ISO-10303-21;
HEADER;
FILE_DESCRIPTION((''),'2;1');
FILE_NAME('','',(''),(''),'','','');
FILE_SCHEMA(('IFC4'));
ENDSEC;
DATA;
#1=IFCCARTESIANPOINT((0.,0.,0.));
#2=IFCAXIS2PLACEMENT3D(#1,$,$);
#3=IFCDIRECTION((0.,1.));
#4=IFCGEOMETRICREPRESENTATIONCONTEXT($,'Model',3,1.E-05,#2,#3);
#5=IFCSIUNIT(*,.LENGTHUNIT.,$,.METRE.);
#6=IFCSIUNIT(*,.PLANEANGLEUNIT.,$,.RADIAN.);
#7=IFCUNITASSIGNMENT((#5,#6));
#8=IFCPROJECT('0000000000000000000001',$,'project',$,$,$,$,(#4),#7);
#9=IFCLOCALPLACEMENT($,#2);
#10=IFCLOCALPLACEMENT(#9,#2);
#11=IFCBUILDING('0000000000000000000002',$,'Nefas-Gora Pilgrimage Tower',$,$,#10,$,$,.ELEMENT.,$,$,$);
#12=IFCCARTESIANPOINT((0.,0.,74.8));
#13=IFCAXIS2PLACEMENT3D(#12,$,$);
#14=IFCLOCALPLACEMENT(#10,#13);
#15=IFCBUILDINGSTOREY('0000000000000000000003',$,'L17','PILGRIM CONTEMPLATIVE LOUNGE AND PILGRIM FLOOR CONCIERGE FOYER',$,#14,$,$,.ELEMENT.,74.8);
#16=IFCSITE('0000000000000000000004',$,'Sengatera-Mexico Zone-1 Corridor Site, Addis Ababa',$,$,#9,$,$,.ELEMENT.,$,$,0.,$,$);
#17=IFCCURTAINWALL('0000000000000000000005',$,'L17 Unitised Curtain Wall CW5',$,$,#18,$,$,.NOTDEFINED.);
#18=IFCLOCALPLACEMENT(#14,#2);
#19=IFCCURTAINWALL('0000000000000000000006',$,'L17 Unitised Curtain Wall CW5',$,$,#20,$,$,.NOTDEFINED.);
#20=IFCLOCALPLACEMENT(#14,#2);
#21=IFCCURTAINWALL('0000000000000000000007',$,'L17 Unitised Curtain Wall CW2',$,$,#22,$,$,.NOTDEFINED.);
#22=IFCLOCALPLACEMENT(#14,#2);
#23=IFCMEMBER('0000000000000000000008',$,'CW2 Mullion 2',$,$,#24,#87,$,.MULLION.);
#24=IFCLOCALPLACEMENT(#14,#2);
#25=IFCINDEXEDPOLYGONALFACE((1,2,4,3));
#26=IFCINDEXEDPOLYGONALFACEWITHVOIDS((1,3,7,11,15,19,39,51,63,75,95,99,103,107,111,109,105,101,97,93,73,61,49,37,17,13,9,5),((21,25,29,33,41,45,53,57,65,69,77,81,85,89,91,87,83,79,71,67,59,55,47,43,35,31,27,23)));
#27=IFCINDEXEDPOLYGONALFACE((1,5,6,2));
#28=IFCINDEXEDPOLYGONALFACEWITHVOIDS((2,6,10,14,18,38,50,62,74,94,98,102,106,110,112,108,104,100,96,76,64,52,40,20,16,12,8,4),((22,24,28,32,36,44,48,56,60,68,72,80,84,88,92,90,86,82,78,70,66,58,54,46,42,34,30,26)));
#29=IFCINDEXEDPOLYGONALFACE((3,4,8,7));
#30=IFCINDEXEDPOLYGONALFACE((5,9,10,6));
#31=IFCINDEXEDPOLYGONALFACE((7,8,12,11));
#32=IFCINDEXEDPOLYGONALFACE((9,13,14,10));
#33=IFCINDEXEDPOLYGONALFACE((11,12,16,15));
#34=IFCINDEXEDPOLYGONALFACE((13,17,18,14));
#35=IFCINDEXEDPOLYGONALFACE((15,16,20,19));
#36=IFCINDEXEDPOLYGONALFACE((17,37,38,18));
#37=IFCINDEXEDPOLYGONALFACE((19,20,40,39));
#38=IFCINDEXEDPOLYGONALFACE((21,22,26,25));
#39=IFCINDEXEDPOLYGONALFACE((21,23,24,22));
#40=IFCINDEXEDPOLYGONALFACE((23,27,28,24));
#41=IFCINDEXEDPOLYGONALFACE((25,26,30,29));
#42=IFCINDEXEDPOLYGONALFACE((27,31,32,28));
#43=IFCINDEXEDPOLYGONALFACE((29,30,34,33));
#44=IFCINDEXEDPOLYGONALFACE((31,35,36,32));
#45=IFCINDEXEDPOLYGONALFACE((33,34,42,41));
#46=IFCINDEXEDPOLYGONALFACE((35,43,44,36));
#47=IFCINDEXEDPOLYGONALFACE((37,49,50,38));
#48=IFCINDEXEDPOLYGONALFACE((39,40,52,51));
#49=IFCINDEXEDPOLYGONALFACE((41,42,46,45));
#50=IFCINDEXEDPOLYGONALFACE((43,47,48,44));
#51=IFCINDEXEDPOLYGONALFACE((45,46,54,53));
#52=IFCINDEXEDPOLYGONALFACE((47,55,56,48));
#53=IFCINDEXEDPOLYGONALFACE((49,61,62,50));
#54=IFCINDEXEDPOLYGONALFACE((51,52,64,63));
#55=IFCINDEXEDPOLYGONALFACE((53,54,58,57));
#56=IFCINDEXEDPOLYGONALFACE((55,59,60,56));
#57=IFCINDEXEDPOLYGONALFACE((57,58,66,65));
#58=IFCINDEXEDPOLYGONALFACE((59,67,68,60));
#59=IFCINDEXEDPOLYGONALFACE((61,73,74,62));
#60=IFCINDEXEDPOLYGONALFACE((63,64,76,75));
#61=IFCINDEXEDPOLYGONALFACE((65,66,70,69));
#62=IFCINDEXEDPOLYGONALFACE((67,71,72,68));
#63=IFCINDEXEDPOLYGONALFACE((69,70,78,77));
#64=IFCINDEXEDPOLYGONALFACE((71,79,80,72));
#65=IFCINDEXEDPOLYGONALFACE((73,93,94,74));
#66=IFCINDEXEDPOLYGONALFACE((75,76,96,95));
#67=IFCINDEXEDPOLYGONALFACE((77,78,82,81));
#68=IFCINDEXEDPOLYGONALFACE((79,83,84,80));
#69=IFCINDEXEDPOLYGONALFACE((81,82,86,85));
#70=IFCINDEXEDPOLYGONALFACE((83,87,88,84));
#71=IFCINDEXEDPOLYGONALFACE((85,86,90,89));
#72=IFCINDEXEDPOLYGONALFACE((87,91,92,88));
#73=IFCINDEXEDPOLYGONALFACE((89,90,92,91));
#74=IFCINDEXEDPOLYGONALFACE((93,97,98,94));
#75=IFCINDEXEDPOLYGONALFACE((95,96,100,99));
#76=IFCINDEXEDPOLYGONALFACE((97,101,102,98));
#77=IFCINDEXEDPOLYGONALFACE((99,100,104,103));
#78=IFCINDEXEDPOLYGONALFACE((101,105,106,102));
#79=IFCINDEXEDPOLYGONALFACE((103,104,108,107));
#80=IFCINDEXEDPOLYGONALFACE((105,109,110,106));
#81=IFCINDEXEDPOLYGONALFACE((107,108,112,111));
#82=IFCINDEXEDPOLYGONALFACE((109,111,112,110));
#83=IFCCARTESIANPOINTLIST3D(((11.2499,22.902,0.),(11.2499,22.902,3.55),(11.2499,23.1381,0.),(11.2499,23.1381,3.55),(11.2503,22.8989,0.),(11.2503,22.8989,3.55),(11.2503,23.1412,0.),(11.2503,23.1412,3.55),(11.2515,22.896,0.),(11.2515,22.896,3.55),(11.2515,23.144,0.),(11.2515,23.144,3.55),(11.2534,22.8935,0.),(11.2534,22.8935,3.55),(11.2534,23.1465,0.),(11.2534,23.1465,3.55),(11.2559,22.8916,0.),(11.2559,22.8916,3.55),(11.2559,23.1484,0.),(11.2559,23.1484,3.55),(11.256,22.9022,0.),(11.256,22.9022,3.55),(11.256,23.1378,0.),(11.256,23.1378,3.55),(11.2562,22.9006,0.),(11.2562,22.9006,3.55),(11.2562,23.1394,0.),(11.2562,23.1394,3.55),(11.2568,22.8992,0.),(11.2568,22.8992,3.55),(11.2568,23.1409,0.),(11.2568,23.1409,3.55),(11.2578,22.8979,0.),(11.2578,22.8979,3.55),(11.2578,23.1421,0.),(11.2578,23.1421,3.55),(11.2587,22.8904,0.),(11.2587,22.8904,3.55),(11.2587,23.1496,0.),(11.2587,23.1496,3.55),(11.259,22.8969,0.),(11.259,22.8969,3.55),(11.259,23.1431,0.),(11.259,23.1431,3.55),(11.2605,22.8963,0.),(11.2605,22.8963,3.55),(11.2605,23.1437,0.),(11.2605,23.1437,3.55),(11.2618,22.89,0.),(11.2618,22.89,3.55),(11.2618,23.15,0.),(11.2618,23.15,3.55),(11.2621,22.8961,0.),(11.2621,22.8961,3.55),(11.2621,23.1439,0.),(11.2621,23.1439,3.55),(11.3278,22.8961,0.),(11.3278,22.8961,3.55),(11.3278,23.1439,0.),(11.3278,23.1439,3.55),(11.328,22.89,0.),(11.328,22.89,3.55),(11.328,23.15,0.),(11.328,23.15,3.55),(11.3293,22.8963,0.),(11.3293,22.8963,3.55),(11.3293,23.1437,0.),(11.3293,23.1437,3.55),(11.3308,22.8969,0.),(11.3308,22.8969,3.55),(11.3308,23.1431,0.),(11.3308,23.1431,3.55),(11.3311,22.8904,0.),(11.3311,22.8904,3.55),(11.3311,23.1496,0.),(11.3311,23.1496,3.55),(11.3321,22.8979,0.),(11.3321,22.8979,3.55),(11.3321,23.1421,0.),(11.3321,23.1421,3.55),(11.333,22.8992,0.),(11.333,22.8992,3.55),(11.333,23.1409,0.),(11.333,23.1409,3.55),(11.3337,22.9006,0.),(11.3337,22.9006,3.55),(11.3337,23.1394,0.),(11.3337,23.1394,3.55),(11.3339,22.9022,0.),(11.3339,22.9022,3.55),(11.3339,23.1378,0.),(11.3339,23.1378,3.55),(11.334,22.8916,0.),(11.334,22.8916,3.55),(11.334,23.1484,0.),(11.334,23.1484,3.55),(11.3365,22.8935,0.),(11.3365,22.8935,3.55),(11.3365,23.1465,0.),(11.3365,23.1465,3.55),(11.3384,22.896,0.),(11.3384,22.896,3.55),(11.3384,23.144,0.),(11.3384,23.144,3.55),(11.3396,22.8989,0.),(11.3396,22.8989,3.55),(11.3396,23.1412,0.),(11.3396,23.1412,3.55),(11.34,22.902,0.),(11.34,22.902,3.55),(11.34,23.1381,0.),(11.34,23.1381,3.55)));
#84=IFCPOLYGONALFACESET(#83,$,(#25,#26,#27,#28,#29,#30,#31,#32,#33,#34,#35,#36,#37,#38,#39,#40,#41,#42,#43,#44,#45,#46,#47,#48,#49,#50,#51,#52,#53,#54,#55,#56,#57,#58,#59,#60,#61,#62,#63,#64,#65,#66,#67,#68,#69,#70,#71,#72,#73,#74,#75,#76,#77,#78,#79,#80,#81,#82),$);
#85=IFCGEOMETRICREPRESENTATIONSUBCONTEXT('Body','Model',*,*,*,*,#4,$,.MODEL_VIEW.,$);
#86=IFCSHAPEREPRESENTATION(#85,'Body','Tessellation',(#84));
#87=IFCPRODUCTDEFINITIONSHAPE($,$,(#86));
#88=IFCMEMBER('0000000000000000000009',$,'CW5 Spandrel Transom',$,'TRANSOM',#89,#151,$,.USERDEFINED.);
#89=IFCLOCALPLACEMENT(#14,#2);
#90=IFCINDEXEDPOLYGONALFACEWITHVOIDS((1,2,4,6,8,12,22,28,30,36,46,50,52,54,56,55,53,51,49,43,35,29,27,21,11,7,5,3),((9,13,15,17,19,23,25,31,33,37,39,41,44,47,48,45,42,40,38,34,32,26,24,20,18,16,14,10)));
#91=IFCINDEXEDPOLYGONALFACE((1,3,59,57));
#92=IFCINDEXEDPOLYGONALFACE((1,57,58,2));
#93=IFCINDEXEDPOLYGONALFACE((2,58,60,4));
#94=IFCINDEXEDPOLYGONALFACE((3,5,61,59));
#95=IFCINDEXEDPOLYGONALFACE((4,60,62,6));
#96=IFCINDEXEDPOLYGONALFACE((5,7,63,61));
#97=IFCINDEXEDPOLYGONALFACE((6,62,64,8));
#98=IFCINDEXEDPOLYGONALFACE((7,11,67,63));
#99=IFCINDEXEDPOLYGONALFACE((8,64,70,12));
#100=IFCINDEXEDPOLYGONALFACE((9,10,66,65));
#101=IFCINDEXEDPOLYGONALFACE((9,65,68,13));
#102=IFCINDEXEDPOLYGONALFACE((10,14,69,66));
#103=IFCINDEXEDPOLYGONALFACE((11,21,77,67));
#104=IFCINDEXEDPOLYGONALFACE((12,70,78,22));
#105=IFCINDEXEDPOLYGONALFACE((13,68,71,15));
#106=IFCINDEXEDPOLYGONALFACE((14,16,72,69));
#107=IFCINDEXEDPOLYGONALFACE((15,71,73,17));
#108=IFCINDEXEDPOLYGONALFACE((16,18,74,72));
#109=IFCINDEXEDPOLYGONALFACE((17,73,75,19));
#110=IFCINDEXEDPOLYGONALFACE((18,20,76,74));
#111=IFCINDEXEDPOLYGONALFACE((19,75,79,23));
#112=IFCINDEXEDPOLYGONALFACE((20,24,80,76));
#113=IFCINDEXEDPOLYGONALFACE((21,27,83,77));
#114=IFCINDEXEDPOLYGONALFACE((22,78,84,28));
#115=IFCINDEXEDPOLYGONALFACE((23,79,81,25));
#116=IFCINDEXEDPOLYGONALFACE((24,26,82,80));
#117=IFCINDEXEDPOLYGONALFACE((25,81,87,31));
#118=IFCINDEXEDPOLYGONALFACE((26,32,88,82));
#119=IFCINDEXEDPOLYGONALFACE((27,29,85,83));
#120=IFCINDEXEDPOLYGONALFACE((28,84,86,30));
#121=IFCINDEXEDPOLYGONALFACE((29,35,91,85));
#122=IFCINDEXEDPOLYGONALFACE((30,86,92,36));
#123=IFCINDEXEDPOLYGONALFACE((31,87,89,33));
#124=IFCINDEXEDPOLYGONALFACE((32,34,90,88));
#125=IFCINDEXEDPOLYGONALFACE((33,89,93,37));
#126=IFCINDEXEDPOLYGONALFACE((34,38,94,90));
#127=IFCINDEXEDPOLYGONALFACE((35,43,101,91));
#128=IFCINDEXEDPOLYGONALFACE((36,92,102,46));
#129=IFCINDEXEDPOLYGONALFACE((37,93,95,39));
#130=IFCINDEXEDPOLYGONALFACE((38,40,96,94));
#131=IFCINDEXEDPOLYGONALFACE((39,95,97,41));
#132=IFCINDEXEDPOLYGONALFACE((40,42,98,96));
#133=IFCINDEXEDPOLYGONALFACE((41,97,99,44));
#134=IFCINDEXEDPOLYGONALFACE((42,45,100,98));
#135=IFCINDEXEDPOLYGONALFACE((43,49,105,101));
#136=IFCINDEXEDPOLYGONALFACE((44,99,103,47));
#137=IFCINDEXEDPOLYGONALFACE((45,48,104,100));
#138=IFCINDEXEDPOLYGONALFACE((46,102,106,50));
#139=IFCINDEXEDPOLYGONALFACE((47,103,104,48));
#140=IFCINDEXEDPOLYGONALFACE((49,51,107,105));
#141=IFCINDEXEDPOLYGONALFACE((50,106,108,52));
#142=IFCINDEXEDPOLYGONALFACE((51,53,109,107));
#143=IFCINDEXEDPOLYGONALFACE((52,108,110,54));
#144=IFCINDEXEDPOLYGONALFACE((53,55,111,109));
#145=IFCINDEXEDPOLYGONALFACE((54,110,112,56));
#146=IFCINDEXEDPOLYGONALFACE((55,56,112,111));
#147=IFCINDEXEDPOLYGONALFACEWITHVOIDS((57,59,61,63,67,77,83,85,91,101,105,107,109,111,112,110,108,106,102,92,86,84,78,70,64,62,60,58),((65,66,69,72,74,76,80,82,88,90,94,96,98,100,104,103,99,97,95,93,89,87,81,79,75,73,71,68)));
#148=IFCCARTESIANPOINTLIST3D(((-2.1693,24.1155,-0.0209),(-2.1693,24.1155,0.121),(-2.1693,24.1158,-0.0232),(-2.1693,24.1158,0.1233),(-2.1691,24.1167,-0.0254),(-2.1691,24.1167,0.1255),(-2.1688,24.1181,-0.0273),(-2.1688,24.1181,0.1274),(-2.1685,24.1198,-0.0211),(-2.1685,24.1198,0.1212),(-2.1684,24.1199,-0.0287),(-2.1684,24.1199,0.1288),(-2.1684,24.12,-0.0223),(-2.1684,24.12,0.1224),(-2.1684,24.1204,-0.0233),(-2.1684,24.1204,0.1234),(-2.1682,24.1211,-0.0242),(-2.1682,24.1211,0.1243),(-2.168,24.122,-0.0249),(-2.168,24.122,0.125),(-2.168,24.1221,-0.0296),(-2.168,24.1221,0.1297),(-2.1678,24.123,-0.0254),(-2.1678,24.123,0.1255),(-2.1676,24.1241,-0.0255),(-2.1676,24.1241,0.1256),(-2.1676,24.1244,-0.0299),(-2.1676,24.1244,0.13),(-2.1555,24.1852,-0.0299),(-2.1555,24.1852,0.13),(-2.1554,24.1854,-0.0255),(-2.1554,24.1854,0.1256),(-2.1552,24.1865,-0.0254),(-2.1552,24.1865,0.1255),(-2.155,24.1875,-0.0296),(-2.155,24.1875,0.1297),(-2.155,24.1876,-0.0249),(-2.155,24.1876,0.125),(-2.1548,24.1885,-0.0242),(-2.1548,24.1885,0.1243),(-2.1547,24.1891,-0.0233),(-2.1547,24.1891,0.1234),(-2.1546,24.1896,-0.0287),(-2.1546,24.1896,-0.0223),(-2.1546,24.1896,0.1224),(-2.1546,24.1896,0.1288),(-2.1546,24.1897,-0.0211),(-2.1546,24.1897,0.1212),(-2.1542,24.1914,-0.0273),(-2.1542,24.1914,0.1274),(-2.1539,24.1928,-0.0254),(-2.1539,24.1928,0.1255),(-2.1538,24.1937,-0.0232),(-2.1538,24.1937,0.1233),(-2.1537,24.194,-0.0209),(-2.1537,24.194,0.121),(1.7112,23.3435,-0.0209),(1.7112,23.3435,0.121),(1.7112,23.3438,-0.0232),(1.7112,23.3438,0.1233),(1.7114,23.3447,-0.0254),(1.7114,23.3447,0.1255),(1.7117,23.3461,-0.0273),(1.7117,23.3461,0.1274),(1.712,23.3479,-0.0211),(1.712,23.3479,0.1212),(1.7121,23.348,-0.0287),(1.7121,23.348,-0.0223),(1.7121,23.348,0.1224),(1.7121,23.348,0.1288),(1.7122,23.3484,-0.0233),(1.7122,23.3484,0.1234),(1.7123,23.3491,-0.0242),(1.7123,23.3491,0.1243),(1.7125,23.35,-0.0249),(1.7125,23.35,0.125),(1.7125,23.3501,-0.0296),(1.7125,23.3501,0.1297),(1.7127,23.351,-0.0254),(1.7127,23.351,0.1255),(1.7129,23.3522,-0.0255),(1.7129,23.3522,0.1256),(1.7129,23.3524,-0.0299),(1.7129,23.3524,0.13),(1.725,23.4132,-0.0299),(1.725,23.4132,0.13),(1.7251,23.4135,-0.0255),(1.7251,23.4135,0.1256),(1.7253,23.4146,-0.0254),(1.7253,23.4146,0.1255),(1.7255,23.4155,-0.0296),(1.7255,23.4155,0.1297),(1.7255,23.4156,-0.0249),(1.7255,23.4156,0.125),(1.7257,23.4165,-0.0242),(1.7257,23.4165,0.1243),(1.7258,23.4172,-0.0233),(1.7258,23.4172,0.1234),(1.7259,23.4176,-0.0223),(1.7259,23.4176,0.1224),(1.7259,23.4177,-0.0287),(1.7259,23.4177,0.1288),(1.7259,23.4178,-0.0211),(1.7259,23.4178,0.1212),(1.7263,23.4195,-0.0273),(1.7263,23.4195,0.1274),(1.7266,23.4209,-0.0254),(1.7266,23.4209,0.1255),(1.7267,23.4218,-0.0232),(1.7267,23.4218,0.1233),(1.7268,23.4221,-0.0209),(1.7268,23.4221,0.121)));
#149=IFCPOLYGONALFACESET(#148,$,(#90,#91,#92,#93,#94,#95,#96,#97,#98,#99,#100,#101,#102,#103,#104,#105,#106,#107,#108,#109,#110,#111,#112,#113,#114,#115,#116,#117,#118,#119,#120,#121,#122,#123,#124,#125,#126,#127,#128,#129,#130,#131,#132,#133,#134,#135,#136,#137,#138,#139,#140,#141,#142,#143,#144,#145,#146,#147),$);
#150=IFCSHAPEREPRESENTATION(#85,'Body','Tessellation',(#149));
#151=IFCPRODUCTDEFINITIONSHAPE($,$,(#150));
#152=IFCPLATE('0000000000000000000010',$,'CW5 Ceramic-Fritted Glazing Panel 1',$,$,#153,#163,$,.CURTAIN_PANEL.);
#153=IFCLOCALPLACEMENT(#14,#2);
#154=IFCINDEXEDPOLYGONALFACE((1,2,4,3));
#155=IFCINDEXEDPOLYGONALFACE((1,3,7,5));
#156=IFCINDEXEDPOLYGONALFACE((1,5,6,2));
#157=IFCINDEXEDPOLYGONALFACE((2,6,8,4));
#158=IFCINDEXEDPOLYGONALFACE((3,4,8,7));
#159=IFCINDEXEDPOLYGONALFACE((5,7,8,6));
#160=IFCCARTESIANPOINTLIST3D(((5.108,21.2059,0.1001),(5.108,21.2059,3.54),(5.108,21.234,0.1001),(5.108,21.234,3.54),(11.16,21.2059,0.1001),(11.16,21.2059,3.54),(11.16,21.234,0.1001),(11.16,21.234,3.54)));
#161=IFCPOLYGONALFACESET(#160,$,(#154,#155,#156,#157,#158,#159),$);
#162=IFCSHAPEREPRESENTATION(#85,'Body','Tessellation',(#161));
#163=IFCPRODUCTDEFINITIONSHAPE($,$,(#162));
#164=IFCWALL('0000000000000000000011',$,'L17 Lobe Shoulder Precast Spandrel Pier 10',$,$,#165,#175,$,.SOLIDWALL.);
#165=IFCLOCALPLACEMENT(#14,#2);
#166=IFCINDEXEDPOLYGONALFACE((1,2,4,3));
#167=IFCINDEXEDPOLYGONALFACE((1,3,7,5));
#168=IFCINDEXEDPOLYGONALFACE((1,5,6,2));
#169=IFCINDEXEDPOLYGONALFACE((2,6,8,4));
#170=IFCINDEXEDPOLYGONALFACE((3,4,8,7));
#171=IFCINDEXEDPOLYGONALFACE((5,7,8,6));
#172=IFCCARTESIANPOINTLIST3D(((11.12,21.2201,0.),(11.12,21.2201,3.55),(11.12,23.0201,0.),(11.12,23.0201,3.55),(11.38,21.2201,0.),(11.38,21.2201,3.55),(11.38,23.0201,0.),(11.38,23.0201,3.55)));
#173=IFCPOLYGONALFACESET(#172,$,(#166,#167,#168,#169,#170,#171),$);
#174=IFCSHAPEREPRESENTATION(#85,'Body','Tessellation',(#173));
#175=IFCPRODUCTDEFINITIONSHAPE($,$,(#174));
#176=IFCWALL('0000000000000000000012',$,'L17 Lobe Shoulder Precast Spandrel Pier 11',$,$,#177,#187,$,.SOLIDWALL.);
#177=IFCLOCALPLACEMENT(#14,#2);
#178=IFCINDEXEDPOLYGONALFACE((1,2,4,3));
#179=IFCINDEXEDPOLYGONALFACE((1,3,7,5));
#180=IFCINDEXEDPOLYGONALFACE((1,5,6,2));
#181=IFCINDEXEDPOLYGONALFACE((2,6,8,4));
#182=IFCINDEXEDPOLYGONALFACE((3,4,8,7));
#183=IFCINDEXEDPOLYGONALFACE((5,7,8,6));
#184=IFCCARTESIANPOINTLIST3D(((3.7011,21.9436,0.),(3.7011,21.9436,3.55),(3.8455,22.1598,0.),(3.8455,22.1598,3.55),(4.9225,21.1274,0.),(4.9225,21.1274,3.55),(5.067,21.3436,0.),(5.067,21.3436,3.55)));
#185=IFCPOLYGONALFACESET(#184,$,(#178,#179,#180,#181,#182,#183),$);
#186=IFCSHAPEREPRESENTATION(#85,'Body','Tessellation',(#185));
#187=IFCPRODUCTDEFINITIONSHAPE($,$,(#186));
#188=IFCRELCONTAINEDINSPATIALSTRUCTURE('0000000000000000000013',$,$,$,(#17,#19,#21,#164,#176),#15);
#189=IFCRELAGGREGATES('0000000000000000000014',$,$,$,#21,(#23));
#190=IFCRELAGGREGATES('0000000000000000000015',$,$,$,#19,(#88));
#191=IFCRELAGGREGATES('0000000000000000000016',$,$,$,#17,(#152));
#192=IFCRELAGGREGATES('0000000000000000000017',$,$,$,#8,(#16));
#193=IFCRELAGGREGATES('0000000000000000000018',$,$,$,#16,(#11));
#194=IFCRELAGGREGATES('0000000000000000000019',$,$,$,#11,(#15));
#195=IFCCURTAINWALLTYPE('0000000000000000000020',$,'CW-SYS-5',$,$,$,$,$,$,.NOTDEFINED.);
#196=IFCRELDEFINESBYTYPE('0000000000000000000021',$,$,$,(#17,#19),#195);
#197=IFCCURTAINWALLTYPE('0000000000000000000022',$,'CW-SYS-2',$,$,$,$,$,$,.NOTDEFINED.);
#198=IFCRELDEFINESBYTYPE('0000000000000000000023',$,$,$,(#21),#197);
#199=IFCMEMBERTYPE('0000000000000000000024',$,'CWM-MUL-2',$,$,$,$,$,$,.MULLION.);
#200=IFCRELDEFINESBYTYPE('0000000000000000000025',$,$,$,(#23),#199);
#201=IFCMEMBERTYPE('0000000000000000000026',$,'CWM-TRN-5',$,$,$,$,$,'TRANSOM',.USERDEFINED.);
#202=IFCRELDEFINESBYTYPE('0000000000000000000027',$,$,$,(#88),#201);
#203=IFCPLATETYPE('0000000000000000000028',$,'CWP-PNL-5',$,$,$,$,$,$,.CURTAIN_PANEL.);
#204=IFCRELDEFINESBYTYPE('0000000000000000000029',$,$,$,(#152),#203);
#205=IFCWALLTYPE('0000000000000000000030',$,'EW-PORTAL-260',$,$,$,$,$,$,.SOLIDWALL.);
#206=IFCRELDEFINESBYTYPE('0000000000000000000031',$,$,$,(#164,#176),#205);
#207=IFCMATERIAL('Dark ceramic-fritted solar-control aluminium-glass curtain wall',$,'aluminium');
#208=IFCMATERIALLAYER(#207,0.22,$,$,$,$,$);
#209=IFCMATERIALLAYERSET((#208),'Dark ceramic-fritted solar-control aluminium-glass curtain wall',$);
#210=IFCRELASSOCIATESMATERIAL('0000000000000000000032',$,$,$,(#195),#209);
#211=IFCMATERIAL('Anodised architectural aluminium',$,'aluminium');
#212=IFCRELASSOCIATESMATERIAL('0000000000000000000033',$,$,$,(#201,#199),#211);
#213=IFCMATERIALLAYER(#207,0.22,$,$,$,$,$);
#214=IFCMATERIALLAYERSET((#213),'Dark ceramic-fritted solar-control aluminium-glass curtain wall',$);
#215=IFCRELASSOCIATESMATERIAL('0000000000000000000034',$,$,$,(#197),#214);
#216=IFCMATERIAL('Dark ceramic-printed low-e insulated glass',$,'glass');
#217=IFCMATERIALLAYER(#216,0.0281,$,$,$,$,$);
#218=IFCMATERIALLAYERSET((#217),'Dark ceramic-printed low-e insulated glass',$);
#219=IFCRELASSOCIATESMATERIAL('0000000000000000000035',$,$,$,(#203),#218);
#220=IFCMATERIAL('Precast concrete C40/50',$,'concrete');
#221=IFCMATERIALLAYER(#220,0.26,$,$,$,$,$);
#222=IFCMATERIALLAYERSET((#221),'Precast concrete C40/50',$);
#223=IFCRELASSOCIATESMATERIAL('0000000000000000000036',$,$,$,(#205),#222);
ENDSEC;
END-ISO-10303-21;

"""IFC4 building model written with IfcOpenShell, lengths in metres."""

from ifc_helpers import new_model, si_unit, direction, frame, frame_2d, origin, origin_2d, place, context, subcontext, project, spatial, rectangle, hollow_rectangle, extrude, source, transform, mapped, material, layer, layer_set, material_profile, profile_set, type_object, element, aggregate, save


model = new_model("IFC4")

# Units and contexts
model_context = context("Model", 3, precision=1e-05, world=origin(), true_north=direction((0.0, 1.0)))
body_context = subcontext(model_context, "Body", "Model", "MODEL_VIEW")
ifc_project = project(units=[si_unit("LENGTHUNIT", "METRE"), si_unit("PLANEANGLEUNIT", "RADIAN")], contexts=[model_context])

# Site, building, storey
site_placement = place(None, origin())
site = spatial("IfcSite", under=ifc_project, at=site_placement, Name="Sengatera-Mexico Zone-1 Corridor Site, Addis Ababa", CompositionType="ELEMENT", RefElevation=0.0)
building_placement = place(site_placement, origin())
building = spatial("IfcBuilding", under=site, at=building_placement, Name="Nefas-Gora Pilgrimage Tower", CompositionType="ELEMENT")
storey_placement = place(building_placement, frame((0.0, 0.0, 74.8)))
storey = spatial("IfcBuildingStorey", under=building, at=storey_placement, Name="L17", Description="PILGRIM CONTEMPLATIVE LOUNGE AND PILGRIM FLOOR CONCIERGE FOYER", CompositionType="ELEMENT", Elevation=74.8)

# Curtain wall
ifc_material_1 = material(Name="Dark ceramic-fritted solar-control aluminium-glass curtain wall", Category="aluminium")
ifc_layer_1 = layer(ifc_material_1, 0.22)
ifc_layer_set_1 = layer_set([ifc_layer_1], Name="Dark ceramic-fritted solar-control aluminium-glass curtain wall")
curtain_wall_type_1 = type_object("IfcCurtainWallType", Name="CW-SYS-5", PredefinedType="NOTDEFINED", material=ifc_layer_set_1)
curtain_wall_1_placement = place(storey_placement, origin())
curtain_wall_1 = element("IfcCurtainWall", 1, at=curtain_wall_1_placement, inside=storey, type_object=curtain_wall_type_1, Name="L17 Unitised Curtain Wall CW5", PredefinedType="NOTDEFINED")
ifc_material_2 = material(Name="Anodised architectural aluminium", Category="aluminium")

# Curtain wall
curtain_wall_2_placement = place(storey_placement, origin())
curtain_wall_2 = element("IfcCurtainWall", 2, at=curtain_wall_2_placement, inside=storey, type_object=curtain_wall_type_1, Name="L17 Unitised Curtain Wall CW5", PredefinedType="NOTDEFINED")

# Shared definitions
ifc_material_profile_1 = material_profile(ifc_material_2, hollow_rectangle(XDim=0.0801, YDim=0.1599, WallThickness=0.0044, InnerFilletRadius=0.0044, OuterFilletRadius=0.009, at=origin_2d()), Name="ALU TRANSOM 80x160")
ifc_profile_set_1 = profile_set([ifc_material_profile_1], Name="Anodised architectural aluminium")
member_type_1 = type_object("IfcMemberType", Name="CWM-TRN-5", ElementType="TRANSOM", PredefinedType="USERDEFINED", material=ifc_profile_set_1)

# Curtain wall, member
ifc_layer_2 = layer(ifc_material_1, 0.22)
ifc_layer_set_2 = layer_set([ifc_layer_2], Name="Dark ceramic-fritted solar-control aluminium-glass curtain wall")
curtain_wall_type_2 = type_object("IfcCurtainWallType", Name="CW-SYS-2", PredefinedType="NOTDEFINED", material=ifc_layer_set_2)
curtain_wall_3_placement = place(storey_placement, origin())
curtain_wall_3 = element("IfcCurtainWall", 3, at=curtain_wall_3_placement, inside=storey, type_object=curtain_wall_type_2, Name="L17 Unitised Curtain Wall CW2", PredefinedType="NOTDEFINED")
ifc_material_profile_2 = material_profile(ifc_material_2, hollow_rectangle(XDim=0.0901, YDim=0.26, WallThickness=0.0061, InnerFilletRadius=0.0061, OuterFilletRadius=0.012, at=origin_2d()), Name="ALU MULLION 90x260")
ifc_profile_set_2 = profile_set([ifc_material_profile_2], Name="Anodised architectural aluminium")
member_type_2 = type_object("IfcMemberType", Name="CWM-MUL-2", PredefinedType="MULLION", material=ifc_profile_set_2)
shared_shape_1 = source(origin(), body_context, "Body", "SweptSolid", [
    extrude(hollow_rectangle(XDim=0.0901, YDim=0.26, WallThickness=0.0061, InnerFilletRadius=0.0061, OuterFilletRadius=0.012, at=origin_2d()), origin(), (0.0, 0.0, 1.0), 3.55),
])
member_1_placement = place(storey_placement, frame((11.2949, 23.02, 0.0), z_axis=(0.0, 0.0, 1.0), x_axis=(-1.0, 0.0, 0.0)))
member_1 = element("IfcMember", 4, at=member_1_placement, type_object=member_type_2, Name="CW2 Mullion 2", PredefinedType="MULLION", context=body_context, shape_type="MappedRepresentation", body=[
    mapped(shared_shape_1, transform((0.0, 0.0, 0.0), x_axis=(1.0, 0.0, 0.0), y_axis=(0.0, 1.0, 0.0), z_axis=(0.0, 0.0, 1.0), scale=1.0)),
])
aggregate(curtain_wall_3, [member_1])

# Member
shared_shape_2 = source(origin(), body_context, "Body", "SweptSolid", [
    extrude(hollow_rectangle(XDim=0.0801, YDim=0.1599, WallThickness=0.0044, InnerFilletRadius=0.0044, OuterFilletRadius=0.009, at=origin_2d()), origin(), (0.0, 0.0, 1.0), 3.9565),
])
member_2_placement = place(storey_placement, frame((1.719, 23.3828, 0.05), z_axis=(-0.980782, 0.195107, 0.0), x_axis=(-0.195107, -0.980782, 0.0)))
member_2 = element("IfcMember", 5, at=member_2_placement, type_object=member_type_1, Name="CW5 Spandrel Transom", ObjectType="TRANSOM", PredefinedType="USERDEFINED", context=body_context, shape_type="MappedRepresentation", body=[
    mapped(shared_shape_2, transform((0.0, 0.0, 0.0), x_axis=(1.0, 0.0, 0.0), y_axis=(0.0, 1.0, 0.0), z_axis=(0.0, 0.0, 1.0), scale=1.0)),
])
aggregate(curtain_wall_2, [member_2])

# Plate
ifc_material_3 = material(Name="Dark ceramic-printed low-e insulated glass", Category="glass")
ifc_layer_3 = layer(ifc_material_3, 0.0281)
ifc_layer_set_3 = layer_set([ifc_layer_3], Name="Dark ceramic-printed low-e insulated glass")
plate_type = type_object("IfcPlateType", Name="CWP-PNL-5", PredefinedType="CURTAIN_PANEL", material=ifc_layer_set_3)
shared_shape_3 = source(origin(), body_context, "Body", "SweptSolid", [
    extrude(rectangle(XDim=6.052, YDim=0.0281, at=origin_2d()), origin(), (0.0, 0.0, 1.0), 3.4399),
])
plate_placement = place(storey_placement, frame((8.134, 21.22, 0.1001), z_axis=(0.0, 0.0, 1.0), x_axis=(-1.0, 0.0, 0.0)))
plate = element("IfcPlate", 6, at=plate_placement, type_object=plate_type, Name="CW5 Ceramic-Fritted Glazing Panel 1", PredefinedType="CURTAIN_PANEL", context=body_context, shape_type="MappedRepresentation", body=[
    mapped(shared_shape_3, transform((0.0, 0.0, 0.0), x_axis=(1.0, 0.0, 0.0), y_axis=(0.0, 1.0, 0.0), z_axis=(0.0, 0.0, 1.0), scale=1.0)),
])
aggregate(curtain_wall_1, [plate])

# Walls
ifc_material_4 = material(Name="Precast concrete C40/50", Category="concrete")
ifc_layer_4 = layer(ifc_material_4, 0.26)
ifc_layer_set_4 = layer_set([ifc_layer_4], Name="Precast concrete C40/50")
wall_type_1 = type_object("IfcWallType", Name="EW-PORTAL-260", PredefinedType="SOLIDWALL", material=ifc_layer_set_4)
shared_shape_4 = source(origin(), body_context, "Body", "SweptSolid", [
    extrude(rectangle(XDim=1.8, YDim=0.26, at=frame_2d((0.8999, 0.0))), origin(), (0.0, 0.0, 1.0), 3.55),
])
wall_1_placement = place(storey_placement, frame((11.25, 23.02, 0.0), z_axis=(0.0, 0.0, 1.0), x_axis=(0.0, -1.0, 0.0)))
element("IfcWall", 7, at=wall_1_placement, inside=storey, type_object=wall_type_1, Name="L17 Lobe Shoulder Precast Spandrel Pier 10", PredefinedType="SOLIDWALL", context=body_context, shape_type="MappedRepresentation", body=[
    mapped(shared_shape_4, transform((0.0, 0.0, 0.0), x_axis=(1.0, 0.0, 0.0), y_axis=(0.0, 1.0, 0.0), z_axis=(0.0, 0.0, 1.0), scale=1.0)),
])
shared_shape_5 = source(origin(), body_context, "Body", "SweptSolid", [
    extrude(rectangle(XDim=1.469, YDim=0.26, at=frame_2d((0.7344, 0.0))), origin(), (0.0, 0.0, 1.0), 3.55),
])
wall_2_placement = place(storey_placement, frame((4.9946, 21.2356, 0.0), z_axis=(0.0, 0.0, 1.0), x_axis=(-0.831462, 0.555582, 0.0)))
element("IfcWall", 8, at=wall_2_placement, inside=storey, type_object=wall_type_1, Name="L17 Lobe Shoulder Precast Spandrel Pier 11", PredefinedType="SOLIDWALL", context=body_context, shape_type="MappedRepresentation", body=[
    mapped(shared_shape_5, transform((0.0, 0.0, 0.0), x_axis=(1.0, 0.0, 0.0), y_axis=(0.0, 1.0, 0.0), z_axis=(0.0, 0.0, 1.0), scale=1.0)),
])

save(model, "model.ifc")
